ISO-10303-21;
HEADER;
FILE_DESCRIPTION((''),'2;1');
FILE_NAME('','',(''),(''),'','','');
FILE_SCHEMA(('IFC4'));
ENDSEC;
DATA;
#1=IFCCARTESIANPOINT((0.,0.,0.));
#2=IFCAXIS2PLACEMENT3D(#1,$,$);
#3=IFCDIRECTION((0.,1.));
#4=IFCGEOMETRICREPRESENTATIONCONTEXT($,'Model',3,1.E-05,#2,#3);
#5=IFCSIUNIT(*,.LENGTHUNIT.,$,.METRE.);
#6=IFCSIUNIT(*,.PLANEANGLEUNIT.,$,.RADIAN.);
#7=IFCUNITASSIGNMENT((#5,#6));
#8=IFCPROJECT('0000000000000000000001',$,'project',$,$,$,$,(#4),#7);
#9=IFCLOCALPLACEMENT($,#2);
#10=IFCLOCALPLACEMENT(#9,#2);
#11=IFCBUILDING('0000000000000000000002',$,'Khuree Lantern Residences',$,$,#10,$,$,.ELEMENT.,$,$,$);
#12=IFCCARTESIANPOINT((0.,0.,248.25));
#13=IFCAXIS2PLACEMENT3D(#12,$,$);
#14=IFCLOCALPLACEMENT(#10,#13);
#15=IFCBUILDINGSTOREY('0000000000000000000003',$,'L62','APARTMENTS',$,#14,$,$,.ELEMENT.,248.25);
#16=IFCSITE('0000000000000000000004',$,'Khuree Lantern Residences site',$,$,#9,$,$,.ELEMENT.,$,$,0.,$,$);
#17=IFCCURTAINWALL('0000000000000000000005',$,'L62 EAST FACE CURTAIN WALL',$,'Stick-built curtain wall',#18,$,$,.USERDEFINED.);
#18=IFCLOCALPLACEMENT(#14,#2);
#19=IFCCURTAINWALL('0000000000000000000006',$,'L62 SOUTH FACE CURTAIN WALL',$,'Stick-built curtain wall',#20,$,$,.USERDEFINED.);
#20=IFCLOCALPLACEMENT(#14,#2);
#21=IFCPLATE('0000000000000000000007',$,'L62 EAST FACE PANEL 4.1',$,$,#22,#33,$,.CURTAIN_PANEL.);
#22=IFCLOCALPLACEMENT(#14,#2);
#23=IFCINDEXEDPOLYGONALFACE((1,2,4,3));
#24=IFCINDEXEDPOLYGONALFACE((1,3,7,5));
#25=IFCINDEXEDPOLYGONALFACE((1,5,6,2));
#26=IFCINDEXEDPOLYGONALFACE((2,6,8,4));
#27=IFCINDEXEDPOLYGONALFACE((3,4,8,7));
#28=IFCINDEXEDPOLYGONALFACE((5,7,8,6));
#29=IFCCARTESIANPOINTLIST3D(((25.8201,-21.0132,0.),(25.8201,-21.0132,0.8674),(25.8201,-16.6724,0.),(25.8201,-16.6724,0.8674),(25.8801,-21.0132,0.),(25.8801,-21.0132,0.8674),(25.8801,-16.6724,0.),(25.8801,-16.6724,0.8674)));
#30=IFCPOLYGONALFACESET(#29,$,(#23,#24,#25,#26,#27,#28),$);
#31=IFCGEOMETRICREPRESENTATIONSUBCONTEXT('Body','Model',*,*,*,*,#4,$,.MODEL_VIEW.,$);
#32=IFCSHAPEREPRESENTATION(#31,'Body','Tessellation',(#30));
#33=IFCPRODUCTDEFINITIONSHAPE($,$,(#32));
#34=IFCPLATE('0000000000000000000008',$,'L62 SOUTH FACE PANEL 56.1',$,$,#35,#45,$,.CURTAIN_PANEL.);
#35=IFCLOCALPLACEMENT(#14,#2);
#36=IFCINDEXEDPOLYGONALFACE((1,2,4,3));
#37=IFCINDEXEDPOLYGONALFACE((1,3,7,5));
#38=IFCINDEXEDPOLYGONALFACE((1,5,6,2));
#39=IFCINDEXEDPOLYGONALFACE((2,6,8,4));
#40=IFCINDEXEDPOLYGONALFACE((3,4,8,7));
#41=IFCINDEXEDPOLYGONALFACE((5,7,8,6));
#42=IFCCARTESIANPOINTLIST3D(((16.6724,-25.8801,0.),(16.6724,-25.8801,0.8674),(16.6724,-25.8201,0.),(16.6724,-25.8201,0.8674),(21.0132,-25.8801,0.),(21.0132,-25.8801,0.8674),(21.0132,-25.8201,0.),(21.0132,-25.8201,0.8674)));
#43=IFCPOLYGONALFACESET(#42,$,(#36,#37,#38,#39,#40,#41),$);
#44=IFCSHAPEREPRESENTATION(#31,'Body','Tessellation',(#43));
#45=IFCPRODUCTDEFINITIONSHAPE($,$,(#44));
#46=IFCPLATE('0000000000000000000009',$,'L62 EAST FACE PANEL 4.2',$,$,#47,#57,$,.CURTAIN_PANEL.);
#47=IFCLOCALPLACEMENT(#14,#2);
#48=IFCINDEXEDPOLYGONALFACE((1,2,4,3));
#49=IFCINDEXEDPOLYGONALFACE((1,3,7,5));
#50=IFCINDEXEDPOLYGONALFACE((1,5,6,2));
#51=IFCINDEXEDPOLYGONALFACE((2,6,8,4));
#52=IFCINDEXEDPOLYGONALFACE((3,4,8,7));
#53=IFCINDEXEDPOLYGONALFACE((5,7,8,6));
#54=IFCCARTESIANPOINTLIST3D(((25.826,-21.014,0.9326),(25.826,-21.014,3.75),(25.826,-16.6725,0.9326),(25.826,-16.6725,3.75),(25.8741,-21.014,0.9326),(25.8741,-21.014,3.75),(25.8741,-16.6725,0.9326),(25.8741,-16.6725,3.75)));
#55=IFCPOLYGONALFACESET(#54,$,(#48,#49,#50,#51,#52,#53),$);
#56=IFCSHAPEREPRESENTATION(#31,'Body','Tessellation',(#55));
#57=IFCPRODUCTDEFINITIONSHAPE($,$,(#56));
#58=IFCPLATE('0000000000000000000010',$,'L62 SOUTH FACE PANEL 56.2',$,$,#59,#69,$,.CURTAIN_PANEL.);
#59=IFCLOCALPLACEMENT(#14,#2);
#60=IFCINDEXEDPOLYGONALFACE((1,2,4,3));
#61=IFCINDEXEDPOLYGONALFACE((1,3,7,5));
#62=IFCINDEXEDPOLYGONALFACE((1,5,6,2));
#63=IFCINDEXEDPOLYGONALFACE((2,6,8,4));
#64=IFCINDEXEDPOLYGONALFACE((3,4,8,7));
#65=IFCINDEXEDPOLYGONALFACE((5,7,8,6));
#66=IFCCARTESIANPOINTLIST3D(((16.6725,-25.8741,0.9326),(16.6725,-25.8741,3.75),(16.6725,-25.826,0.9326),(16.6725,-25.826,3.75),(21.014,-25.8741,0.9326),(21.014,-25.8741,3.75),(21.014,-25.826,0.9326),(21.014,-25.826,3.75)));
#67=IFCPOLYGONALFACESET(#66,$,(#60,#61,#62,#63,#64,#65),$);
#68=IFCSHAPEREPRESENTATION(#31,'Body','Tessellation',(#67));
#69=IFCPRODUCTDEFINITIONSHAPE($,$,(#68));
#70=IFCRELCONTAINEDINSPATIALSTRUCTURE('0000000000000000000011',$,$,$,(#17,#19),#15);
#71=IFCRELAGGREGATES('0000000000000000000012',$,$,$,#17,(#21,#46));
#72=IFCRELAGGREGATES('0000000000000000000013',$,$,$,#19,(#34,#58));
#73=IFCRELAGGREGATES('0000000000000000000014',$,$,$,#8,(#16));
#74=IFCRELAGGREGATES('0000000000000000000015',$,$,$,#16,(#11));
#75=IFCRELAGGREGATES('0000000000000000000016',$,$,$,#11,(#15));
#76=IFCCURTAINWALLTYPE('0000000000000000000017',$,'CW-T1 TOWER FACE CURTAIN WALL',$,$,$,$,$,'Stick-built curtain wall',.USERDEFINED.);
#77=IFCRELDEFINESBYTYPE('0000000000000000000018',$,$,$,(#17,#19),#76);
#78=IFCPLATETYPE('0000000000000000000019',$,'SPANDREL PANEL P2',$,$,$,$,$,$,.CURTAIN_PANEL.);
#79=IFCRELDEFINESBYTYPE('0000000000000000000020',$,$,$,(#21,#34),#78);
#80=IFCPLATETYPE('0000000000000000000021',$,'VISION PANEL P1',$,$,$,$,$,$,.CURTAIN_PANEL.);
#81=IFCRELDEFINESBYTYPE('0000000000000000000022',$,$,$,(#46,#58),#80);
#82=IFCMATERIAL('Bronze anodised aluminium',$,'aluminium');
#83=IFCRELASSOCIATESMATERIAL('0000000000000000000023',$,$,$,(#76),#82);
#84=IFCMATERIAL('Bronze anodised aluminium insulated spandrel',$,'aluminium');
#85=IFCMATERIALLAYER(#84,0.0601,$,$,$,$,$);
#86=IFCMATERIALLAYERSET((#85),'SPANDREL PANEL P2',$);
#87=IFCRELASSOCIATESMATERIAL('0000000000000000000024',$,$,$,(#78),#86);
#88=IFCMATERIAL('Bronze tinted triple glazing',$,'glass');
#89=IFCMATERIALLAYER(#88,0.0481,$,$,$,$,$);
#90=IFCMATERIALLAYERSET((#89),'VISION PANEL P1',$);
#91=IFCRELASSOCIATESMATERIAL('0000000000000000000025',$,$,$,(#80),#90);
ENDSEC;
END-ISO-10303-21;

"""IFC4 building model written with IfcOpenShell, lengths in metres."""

from ifc_helpers import new_model, si_unit, direction, frame, origin, origin_2d, place, context, subcontext, project, spatial, rectangle, extrude, material, layer, layer_set, type_object, element, aggregate, save


model = new_model("IFC4")

# Units and contexts
model_context = context("Model", 3, precision=1e-05, world=origin(), true_north=direction((0.0, 1.0)))
body_context = subcontext(model_context, "Body", "Model", "MODEL_VIEW")
ifc_project = project(units=[si_unit("LENGTHUNIT", "METRE"), si_unit("PLANEANGLEUNIT", "RADIAN")], contexts=[model_context])

# Site, building, storey
site_placement = place(None, origin())
site = spatial("IfcSite", under=ifc_project, at=site_placement, Name="Khuree Lantern Residences site", CompositionType="ELEMENT", RefElevation=0.0)
building_placement = place(site_placement, origin())
building = spatial("IfcBuilding", under=site, at=building_placement, Name="Khuree Lantern Residences", CompositionType="ELEMENT")
storey_placement = place(building_placement, frame((0.0, 0.0, 248.25)))
storey = spatial("IfcBuildingStorey", under=building, at=storey_placement, Name="L62", Description="APARTMENTS", CompositionType="ELEMENT", Elevation=248.25)

# Shared definitions
ifc_material_1 = material(Name="Bronze anodised aluminium", Category="aluminium")

# Curtain wall
curtain_wall_type_1 = type_object("IfcCurtainWallType", Name="CW-T1 TOWER FACE CURTAIN WALL", ElementType="Stick-built curtain wall", PredefinedType="USERDEFINED", material=ifc_material_1)
curtain_wall_1_placement = place(storey_placement, origin())
curtain_wall_1 = element("IfcCurtainWall", 1, at=curtain_wall_1_placement, inside=storey, type_object=curtain_wall_type_1, Name="L62 EAST FACE CURTAIN WALL", ObjectType="Stick-built curtain wall", PredefinedType="USERDEFINED")

# Curtain wall
curtain_wall_2_placement = place(storey_placement, origin())
curtain_wall_2 = element("IfcCurtainWall", 2, at=curtain_wall_2_placement, inside=storey, type_object=curtain_wall_type_1, Name="L62 SOUTH FACE CURTAIN WALL", ObjectType="Stick-built curtain wall", PredefinedType="USERDEFINED")

# Plates
ifc_material_2 = material(Name="Bronze tinted triple glazing", Category="glass")
ifc_material_3 = material(Name="Bronze anodised aluminium insulated spandrel", Category="aluminium")
ifc_layer_1 = layer(ifc_material_3, 0.0601)
ifc_layer_set_1 = layer_set([ifc_layer_1], Name="SPANDREL PANEL P2")
plate_type_1 = type_object("IfcPlateType", Name="SPANDREL PANEL P2", PredefinedType="CURTAIN_PANEL", material=ifc_layer_set_1)
plate_1_placement = place(storey_placement, frame((25.8501, -18.8428, 0.0), z_axis=(0.0, 0.0, 1.0), x_axis=(0.0, 1.0, 0.0)))
plate_1 = element("IfcPlate", 3, at=plate_1_placement, type_object=plate_type_1, Name="L62 EAST FACE PANEL 4.1", PredefinedType="CURTAIN_PANEL", context=body_context, shape_type="SweptSolid", body=[
    extrude(rectangle(XDim=4.3408, YDim=0.0601, at=origin_2d()), origin(), (0.0, 0.0, 1.0), 0.8674),
])
plate_2_placement = place(storey_placement, frame((18.8428, -25.8501, 0.0), z_axis=(0.0, 0.0, 1.0), x_axis=(1.0, 0.0, 0.0)))
plate_2 = element("IfcPlate", 4, at=plate_2_placement, type_object=plate_type_1, Name="L62 SOUTH FACE PANEL 56.1", PredefinedType="CURTAIN_PANEL", context=body_context, shape_type="SweptSolid", body=[
    extrude(rectangle(XDim=4.3408, YDim=0.0601, at=origin_2d()), origin(), (0.0, 0.0, 1.0), 0.8674),
])
ifc_layer_2 = layer(ifc_material_2, 0.0481)
ifc_layer_set_2 = layer_set([ifc_layer_2], Name="VISION PANEL P1")
plate_type_2 = type_object("IfcPlateType", Name="VISION PANEL P1", PredefinedType="CURTAIN_PANEL", material=ifc_layer_set_2)
plate_3_placement = place(storey_placement, frame((25.8501, -18.8433, 0.9326), z_axis=(0.0, 0.0, 1.0), x_axis=(0.0, 1.0, 0.0)))
plate_3 = element("IfcPlate", 5, at=plate_3_placement, type_object=plate_type_2, Name="L62 EAST FACE PANEL 4.2", PredefinedType="CURTAIN_PANEL", context=body_context, shape_type="SweptSolid", body=[
    extrude(rectangle(XDim=4.3416, YDim=0.0481, at=origin_2d()), origin(), (0.0, 0.0, 1.0), 2.8174),
])
aggregate(curtain_wall_1, [plate_1, plate_3])
plate_4_placement = place(storey_placement, frame((18.8433, -25.8501, 0.9326), z_axis=(0.0, 0.0, 1.0), x_axis=(1.0, 0.0, 0.0)))
plate_4 = element("IfcPlate", 6, at=plate_4_placement, type_object=plate_type_2, Name="L62 SOUTH FACE PANEL 56.2", PredefinedType="CURTAIN_PANEL", context=body_context, shape_type="SweptSolid", body=[
    extrude(rectangle(XDim=4.3416, YDim=0.0481, at=origin_2d()), origin(), (0.0, 0.0, 1.0), 2.8174),
])
aggregate(curtain_wall_2, [plate_2, plate_4])

save(model, "model.ifc")
